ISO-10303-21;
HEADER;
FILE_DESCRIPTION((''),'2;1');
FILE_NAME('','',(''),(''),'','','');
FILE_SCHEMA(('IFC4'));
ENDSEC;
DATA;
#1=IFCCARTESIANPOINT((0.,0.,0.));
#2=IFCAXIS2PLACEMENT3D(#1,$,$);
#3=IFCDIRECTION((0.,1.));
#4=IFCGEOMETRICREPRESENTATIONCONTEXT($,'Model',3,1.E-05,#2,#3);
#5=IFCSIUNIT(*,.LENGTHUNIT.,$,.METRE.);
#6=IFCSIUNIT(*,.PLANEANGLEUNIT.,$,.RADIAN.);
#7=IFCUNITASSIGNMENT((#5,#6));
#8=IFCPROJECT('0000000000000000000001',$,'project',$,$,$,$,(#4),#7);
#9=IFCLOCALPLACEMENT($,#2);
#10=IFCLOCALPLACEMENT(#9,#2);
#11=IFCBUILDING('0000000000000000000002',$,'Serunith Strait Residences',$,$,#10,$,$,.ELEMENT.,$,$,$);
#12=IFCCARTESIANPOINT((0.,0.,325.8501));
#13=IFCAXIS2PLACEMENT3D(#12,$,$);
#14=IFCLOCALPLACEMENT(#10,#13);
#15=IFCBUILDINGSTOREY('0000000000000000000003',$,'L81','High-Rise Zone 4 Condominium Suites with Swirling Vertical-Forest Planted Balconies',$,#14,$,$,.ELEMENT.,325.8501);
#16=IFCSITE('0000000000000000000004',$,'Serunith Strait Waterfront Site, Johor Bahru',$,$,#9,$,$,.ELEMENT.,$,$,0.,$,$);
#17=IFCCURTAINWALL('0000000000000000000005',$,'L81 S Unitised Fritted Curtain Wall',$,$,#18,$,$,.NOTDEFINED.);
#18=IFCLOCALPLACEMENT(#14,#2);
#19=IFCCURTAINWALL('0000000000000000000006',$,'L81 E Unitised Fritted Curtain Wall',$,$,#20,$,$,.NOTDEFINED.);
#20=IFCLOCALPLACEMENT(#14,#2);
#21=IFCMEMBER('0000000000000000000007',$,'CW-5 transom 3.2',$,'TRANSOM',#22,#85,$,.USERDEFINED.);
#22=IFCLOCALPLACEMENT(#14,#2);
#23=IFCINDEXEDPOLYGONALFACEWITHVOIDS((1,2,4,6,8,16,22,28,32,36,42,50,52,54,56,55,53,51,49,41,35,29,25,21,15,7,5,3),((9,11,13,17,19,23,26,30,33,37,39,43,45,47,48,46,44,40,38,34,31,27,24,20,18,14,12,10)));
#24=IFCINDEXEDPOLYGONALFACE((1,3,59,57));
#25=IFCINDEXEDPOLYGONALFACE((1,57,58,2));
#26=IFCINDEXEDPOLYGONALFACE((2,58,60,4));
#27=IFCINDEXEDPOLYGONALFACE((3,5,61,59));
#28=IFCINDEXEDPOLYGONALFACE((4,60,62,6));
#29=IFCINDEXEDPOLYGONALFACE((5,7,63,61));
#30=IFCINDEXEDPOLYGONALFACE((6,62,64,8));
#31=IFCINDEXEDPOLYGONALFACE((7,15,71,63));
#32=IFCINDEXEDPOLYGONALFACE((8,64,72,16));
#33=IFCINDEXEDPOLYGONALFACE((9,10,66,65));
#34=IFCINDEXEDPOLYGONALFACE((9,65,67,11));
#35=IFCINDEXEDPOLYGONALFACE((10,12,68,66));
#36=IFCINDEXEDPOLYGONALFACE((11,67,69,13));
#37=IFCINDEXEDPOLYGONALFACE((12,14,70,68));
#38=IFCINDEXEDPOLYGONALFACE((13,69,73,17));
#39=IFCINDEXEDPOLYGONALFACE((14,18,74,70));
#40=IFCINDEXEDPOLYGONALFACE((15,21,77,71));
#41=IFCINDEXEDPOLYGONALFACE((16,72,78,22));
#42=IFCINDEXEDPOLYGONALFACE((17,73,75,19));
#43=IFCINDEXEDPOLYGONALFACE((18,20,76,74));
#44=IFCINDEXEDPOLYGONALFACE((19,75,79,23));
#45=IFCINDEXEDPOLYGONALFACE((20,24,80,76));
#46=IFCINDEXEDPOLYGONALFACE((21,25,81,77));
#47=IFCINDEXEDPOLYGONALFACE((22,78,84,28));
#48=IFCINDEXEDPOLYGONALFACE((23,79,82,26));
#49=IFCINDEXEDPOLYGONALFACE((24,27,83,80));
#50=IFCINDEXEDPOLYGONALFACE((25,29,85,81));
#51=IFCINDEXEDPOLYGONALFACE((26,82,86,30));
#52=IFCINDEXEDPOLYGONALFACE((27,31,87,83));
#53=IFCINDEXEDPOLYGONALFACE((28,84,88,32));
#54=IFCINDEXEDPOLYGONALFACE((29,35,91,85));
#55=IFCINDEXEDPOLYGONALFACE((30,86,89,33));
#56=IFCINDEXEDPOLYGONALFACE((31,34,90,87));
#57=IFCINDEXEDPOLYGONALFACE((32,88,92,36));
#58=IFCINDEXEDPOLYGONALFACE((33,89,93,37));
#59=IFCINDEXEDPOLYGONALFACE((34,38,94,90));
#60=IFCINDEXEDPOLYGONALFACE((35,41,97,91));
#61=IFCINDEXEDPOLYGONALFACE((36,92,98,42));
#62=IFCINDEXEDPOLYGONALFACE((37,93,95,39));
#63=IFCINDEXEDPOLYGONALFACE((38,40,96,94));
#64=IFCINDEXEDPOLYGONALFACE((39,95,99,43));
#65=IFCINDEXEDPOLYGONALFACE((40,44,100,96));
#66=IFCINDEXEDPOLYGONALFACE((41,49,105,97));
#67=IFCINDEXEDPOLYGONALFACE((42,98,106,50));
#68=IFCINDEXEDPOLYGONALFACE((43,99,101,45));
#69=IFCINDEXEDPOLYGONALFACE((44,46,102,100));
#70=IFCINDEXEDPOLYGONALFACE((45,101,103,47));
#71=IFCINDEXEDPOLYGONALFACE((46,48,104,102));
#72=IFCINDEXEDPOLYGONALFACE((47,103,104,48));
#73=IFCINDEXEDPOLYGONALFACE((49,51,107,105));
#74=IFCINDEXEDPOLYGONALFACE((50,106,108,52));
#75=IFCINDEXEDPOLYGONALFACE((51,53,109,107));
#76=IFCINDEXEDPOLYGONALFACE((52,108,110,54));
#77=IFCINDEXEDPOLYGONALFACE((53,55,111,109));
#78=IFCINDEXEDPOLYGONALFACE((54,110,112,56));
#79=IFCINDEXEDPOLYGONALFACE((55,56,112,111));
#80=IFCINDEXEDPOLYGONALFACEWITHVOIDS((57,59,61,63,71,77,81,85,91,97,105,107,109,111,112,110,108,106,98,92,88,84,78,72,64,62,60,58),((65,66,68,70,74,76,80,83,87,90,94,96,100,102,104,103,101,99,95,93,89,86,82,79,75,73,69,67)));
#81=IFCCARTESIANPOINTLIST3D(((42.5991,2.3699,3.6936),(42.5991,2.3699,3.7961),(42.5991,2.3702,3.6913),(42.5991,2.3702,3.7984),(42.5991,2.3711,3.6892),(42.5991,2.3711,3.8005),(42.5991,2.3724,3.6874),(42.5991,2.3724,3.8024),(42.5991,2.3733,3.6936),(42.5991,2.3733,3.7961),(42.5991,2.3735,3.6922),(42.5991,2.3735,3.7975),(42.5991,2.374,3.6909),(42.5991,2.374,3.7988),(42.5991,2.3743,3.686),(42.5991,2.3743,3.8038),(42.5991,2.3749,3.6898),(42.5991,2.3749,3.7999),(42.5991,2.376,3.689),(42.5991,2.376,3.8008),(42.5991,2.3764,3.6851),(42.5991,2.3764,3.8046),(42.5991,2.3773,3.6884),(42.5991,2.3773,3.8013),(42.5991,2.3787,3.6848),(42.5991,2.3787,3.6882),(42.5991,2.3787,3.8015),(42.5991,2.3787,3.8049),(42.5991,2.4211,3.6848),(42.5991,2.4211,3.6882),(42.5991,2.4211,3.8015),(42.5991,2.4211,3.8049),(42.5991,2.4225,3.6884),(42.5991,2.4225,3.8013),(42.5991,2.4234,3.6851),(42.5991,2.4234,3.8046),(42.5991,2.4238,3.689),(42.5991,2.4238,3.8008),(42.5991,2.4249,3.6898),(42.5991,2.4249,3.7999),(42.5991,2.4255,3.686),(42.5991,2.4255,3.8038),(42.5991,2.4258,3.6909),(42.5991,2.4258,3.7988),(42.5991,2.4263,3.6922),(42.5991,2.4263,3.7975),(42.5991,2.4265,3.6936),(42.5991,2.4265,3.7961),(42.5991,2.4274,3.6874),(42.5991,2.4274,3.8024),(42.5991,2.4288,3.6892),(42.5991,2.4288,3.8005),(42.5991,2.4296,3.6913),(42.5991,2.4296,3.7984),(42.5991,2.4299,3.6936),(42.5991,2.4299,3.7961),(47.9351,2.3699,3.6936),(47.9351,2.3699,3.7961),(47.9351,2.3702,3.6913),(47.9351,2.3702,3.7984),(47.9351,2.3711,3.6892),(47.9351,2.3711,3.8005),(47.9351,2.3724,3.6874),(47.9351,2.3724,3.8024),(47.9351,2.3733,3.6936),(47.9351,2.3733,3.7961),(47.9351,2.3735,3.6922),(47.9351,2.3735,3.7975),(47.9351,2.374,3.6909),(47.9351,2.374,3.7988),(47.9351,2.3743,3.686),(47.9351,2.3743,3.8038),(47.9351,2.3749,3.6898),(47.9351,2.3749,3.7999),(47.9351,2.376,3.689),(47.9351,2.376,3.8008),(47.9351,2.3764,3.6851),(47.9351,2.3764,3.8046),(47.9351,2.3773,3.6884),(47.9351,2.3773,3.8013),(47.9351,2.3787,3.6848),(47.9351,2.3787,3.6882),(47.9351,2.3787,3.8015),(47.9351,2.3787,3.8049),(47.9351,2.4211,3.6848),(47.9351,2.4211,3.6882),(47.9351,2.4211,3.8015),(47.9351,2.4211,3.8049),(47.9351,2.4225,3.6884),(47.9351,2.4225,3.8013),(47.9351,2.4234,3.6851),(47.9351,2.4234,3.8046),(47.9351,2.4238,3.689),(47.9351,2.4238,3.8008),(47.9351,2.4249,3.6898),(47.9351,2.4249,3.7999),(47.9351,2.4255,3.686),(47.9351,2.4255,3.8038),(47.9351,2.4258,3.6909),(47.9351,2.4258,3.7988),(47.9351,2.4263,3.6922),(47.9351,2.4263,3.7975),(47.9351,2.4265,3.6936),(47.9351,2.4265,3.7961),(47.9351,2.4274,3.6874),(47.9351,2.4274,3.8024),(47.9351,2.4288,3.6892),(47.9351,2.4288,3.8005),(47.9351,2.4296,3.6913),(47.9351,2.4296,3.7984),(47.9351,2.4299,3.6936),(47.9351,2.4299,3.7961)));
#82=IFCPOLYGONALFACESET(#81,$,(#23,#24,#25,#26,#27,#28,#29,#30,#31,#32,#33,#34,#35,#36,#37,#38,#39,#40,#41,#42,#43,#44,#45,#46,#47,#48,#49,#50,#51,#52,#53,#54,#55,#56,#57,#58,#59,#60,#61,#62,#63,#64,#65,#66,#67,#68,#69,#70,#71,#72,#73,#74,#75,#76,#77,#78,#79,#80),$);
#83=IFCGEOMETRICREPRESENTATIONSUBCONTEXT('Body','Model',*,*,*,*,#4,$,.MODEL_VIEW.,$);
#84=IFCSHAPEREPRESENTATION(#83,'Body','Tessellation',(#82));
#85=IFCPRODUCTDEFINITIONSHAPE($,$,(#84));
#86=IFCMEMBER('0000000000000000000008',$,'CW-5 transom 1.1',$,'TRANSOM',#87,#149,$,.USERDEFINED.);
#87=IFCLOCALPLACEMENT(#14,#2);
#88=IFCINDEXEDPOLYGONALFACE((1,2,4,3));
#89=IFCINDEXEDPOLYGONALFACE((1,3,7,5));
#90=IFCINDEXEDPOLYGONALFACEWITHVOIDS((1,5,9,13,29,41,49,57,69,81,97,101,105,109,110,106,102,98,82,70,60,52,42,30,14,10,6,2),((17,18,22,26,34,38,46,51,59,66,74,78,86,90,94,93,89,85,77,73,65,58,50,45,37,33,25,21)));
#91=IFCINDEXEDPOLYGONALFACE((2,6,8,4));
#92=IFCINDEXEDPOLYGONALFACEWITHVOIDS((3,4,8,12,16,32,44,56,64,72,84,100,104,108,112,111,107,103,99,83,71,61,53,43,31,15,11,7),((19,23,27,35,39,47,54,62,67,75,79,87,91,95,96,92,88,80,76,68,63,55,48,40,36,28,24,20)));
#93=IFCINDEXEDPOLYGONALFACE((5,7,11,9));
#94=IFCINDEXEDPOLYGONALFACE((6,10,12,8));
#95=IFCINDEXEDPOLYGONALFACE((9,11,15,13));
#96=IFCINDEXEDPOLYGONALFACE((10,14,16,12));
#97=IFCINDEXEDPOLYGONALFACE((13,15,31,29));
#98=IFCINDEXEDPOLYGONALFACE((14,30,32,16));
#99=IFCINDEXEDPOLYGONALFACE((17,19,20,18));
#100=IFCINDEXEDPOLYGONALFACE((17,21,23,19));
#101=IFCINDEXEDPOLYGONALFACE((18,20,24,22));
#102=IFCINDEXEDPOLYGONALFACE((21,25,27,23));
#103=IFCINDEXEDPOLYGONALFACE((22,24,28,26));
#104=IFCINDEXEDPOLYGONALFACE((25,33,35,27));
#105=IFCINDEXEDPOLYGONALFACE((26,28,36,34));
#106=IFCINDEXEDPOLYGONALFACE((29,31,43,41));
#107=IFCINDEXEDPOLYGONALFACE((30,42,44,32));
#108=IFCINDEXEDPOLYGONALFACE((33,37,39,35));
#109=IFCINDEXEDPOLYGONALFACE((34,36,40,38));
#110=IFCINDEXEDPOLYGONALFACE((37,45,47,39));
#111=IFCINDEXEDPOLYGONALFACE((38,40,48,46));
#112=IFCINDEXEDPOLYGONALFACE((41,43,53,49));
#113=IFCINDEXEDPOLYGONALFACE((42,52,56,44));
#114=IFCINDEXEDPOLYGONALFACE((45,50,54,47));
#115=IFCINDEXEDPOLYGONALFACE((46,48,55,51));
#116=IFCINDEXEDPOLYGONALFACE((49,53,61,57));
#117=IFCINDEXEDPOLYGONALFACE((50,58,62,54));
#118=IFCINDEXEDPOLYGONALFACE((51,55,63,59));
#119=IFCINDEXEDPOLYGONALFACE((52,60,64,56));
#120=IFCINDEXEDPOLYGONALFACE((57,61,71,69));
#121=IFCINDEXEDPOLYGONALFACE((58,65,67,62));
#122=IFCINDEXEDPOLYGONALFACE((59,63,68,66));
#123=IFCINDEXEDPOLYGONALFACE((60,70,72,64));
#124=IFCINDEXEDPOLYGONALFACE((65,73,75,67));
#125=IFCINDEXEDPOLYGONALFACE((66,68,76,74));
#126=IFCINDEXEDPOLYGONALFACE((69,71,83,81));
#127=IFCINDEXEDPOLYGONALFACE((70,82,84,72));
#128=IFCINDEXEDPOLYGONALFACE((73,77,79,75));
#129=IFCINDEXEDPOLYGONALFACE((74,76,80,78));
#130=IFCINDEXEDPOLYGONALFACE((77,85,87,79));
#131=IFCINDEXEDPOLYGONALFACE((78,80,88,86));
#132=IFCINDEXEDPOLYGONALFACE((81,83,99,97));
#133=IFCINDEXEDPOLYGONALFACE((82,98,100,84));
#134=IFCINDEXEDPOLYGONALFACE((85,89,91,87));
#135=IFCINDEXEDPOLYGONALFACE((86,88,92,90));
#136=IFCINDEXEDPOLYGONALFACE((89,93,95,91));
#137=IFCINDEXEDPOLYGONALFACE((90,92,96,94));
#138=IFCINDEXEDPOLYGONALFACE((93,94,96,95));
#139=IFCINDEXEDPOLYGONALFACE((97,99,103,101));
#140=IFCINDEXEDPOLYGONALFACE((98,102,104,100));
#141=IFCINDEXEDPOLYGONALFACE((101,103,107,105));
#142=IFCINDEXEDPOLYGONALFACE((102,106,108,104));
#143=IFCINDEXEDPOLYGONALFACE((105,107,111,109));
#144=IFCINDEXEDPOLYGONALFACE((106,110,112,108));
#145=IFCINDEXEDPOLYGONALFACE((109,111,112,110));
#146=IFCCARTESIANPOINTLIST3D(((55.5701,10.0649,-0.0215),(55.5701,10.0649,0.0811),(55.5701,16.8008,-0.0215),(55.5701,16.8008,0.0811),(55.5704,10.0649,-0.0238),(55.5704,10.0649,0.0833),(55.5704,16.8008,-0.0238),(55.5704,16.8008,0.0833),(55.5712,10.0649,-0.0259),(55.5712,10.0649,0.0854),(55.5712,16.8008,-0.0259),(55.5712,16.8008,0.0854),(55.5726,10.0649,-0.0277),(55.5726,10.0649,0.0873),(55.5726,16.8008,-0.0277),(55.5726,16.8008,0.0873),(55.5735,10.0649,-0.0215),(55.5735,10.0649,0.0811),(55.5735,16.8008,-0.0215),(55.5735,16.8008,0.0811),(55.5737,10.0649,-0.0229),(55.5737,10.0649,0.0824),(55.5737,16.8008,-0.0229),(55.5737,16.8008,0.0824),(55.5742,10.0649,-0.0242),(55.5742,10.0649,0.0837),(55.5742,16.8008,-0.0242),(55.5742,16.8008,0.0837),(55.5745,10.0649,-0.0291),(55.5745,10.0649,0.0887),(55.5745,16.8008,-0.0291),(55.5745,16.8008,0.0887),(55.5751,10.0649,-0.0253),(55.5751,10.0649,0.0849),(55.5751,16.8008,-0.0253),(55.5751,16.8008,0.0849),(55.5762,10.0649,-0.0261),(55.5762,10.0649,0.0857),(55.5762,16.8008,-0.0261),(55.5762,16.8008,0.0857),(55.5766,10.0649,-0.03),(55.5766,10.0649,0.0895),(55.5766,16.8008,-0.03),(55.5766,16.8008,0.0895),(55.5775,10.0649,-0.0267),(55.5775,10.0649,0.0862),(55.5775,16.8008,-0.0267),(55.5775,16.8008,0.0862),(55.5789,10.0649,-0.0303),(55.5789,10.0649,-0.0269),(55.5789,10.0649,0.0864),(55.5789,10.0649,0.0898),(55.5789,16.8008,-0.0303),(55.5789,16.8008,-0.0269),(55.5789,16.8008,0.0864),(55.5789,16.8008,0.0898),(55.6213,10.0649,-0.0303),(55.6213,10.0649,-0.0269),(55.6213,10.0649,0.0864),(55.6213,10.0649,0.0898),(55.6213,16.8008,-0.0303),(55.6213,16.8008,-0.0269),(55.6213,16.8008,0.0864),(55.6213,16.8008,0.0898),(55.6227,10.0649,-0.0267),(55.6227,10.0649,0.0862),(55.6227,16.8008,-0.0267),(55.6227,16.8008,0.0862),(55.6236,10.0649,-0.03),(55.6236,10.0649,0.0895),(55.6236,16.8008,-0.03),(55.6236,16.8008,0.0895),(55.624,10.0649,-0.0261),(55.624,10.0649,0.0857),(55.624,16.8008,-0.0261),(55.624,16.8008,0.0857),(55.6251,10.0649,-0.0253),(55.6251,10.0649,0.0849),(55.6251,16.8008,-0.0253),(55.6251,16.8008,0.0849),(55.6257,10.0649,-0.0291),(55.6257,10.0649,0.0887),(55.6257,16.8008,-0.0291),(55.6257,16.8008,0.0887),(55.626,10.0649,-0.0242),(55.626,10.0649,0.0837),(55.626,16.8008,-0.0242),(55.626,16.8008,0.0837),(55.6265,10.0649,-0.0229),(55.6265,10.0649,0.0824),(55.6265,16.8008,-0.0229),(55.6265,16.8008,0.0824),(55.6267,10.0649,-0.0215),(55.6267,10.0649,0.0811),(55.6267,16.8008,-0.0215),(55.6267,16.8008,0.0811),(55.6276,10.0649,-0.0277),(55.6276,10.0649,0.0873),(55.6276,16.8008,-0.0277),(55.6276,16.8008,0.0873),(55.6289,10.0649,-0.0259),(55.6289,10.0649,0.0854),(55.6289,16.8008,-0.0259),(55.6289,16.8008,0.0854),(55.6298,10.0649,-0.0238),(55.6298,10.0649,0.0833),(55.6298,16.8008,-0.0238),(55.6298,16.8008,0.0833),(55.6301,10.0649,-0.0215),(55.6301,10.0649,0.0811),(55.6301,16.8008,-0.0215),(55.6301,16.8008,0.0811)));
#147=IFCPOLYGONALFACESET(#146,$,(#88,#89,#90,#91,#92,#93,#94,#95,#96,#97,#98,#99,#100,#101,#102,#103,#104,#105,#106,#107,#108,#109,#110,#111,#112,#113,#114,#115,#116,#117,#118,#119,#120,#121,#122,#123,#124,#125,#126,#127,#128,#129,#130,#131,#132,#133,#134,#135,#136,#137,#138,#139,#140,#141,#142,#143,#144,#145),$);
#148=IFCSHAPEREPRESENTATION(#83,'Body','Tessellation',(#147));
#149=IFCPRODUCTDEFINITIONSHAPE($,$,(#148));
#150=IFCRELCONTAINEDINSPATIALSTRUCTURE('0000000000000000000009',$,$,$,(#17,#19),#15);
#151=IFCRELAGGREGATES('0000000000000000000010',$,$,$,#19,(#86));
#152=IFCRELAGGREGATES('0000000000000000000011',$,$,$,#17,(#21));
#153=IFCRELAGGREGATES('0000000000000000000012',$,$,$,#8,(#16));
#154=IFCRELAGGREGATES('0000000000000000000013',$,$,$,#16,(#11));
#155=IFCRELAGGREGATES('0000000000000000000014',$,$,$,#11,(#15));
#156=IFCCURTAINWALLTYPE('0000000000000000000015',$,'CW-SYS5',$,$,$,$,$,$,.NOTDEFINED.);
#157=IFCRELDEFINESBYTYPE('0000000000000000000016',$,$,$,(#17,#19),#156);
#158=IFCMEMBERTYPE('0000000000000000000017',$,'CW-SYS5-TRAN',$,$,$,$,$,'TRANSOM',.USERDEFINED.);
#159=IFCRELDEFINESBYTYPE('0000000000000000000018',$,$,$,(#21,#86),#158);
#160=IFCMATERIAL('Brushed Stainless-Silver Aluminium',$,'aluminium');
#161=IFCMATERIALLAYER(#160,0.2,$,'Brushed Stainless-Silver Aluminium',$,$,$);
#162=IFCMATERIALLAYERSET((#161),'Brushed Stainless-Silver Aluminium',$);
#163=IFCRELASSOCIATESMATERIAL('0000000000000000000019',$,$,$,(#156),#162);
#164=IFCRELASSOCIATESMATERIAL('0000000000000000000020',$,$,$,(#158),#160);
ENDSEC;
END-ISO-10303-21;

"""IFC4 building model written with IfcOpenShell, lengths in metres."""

from ifc_helpers import new_model, si_unit, direction, frame, origin, origin_2d, place, context, subcontext, project, spatial, hollow_rectangle, extrude, source, transform, mapped, material, layer, layer_set, material_profile, profile_set, type_object, element, aggregate, save


model = new_model("IFC4")

# Units and contexts
model_context = context("Model", 3, precision=1e-05, world=origin(), true_north=direction((0.0, 1.0)))
body_context = subcontext(model_context, "Body", "Model", "MODEL_VIEW")
ifc_project = project(units=[si_unit("LENGTHUNIT", "METRE"), si_unit("PLANEANGLEUNIT", "RADIAN")], contexts=[model_context])

# Site, building, storey
site_placement = place(None, origin())
site = spatial("IfcSite", under=ifc_project, at=site_placement, Name="Serunith Strait Waterfront Site, Johor Bahru", CompositionType="ELEMENT", RefElevation=0.0)
building_placement = place(site_placement, origin())
building = spatial("IfcBuilding", under=site, at=building_placement, Name="Serunith Strait Residences", CompositionType="ELEMENT")
storey_placement = place(building_placement, frame((0.0, 0.0, 325.8501)))
storey = spatial("IfcBuildingStorey", under=building, at=storey_placement, Name="L81", Description="High-Rise Zone 4 Condominium Suites with Swirling Vertical-Forest Planted Balconies", CompositionType="ELEMENT", Elevation=325.8501)

# Curtain wall
ifc_material_1 = material(Name="Brushed Stainless-Silver Aluminium", Category="aluminium")
ifc_layer_1 = layer(ifc_material_1, 0.2, Name="Brushed Stainless-Silver Aluminium")
ifc_layer_set_1 = layer_set([ifc_layer_1], Name="Brushed Stainless-Silver Aluminium")
curtain_wall_type = type_object("IfcCurtainWallType", Name="CW-SYS5", PredefinedType="NOTDEFINED", material=ifc_layer_set_1)
curtain_wall_1_placement = place(storey_placement, origin())
curtain_wall_1 = element("IfcCurtainWall", 1, at=curtain_wall_1_placement, inside=storey, type_object=curtain_wall_type, Name="L81 S Unitised Fritted Curtain Wall", PredefinedType="NOTDEFINED")

# Curtain wall
curtain_wall_2_placement = place(storey_placement, origin())
curtain_wall_2 = element("IfcCurtainWall", 2, at=curtain_wall_2_placement, inside=storey, type_object=curtain_wall_type, Name="L81 E Unitised Fritted Curtain Wall", PredefinedType="NOTDEFINED")

# Members
ifc_material_profile_1 = material_profile(ifc_material_1, hollow_rectangle(XDim=0.0601, YDim=0.1201, WallThickness=0.0034, InnerFilletRadius=0.0054, OuterFilletRadius=0.0088, at=origin_2d()), Name="ALU 120x60x3.5")
ifc_profile_set_1 = profile_set([ifc_material_profile_1], Name="Brushed Stainless-Silver Aluminium")
member_type_1 = type_object("IfcMemberType", Name="CW-SYS5-TRAN", ElementType="TRANSOM", PredefinedType="USERDEFINED", material=ifc_profile_set_1)
shared_shape_1 = source(origin(), body_context, "Body", "SweptSolid", [
    extrude(hollow_rectangle(XDim=0.0601, YDim=0.1201, WallThickness=0.0034, InnerFilletRadius=0.0054, OuterFilletRadius=0.0088, at=origin_2d()), origin(), (0.0, 0.0, 1.0), 5.3359),
])
member_1_placement = place(storey_placement, frame((42.5991, 2.3999, 3.7449), z_axis=(1.0, 0.0, 0.0), x_axis=(0.0, 1.0, 0.0)))
member_1 = element("IfcMember", 3, at=member_1_placement, type_object=member_type_1, Name="CW-5 transom 3.2", ObjectType="TRANSOM", PredefinedType="USERDEFINED", context=body_context, shape_type="MappedRepresentation", body=[
    mapped(shared_shape_1, transform((0.0, 0.0, 0.0), scale=1.0)),
])
shared_shape_2 = source(origin(), body_context, "Body", "SweptSolid", [
    extrude(hollow_rectangle(XDim=0.0601, YDim=0.1201, WallThickness=0.0034, InnerFilletRadius=0.0054, OuterFilletRadius=0.0088, at=origin_2d()), origin(), (0.0, 0.0, 1.0), 6.7358),
])
member_2_placement = place(storey_placement, frame((55.6001, 10.0649, 0.0298), z_axis=(0.0, 1.0, 0.0), x_axis=(-1.0, 0.0, 0.0)))
member_2 = element("IfcMember", 4, at=member_2_placement, type_object=member_type_1, Name="CW-5 transom 1.1", ObjectType="TRANSOM", PredefinedType="USERDEFINED", context=body_context, shape_type="MappedRepresentation", body=[
    mapped(shared_shape_2, transform((0.0, 0.0, 0.0), scale=1.0)),
])
aggregate(curtain_wall_2, [member_2])

aggregate(curtain_wall_1, [member_1])

save(model, "model.ifc")
